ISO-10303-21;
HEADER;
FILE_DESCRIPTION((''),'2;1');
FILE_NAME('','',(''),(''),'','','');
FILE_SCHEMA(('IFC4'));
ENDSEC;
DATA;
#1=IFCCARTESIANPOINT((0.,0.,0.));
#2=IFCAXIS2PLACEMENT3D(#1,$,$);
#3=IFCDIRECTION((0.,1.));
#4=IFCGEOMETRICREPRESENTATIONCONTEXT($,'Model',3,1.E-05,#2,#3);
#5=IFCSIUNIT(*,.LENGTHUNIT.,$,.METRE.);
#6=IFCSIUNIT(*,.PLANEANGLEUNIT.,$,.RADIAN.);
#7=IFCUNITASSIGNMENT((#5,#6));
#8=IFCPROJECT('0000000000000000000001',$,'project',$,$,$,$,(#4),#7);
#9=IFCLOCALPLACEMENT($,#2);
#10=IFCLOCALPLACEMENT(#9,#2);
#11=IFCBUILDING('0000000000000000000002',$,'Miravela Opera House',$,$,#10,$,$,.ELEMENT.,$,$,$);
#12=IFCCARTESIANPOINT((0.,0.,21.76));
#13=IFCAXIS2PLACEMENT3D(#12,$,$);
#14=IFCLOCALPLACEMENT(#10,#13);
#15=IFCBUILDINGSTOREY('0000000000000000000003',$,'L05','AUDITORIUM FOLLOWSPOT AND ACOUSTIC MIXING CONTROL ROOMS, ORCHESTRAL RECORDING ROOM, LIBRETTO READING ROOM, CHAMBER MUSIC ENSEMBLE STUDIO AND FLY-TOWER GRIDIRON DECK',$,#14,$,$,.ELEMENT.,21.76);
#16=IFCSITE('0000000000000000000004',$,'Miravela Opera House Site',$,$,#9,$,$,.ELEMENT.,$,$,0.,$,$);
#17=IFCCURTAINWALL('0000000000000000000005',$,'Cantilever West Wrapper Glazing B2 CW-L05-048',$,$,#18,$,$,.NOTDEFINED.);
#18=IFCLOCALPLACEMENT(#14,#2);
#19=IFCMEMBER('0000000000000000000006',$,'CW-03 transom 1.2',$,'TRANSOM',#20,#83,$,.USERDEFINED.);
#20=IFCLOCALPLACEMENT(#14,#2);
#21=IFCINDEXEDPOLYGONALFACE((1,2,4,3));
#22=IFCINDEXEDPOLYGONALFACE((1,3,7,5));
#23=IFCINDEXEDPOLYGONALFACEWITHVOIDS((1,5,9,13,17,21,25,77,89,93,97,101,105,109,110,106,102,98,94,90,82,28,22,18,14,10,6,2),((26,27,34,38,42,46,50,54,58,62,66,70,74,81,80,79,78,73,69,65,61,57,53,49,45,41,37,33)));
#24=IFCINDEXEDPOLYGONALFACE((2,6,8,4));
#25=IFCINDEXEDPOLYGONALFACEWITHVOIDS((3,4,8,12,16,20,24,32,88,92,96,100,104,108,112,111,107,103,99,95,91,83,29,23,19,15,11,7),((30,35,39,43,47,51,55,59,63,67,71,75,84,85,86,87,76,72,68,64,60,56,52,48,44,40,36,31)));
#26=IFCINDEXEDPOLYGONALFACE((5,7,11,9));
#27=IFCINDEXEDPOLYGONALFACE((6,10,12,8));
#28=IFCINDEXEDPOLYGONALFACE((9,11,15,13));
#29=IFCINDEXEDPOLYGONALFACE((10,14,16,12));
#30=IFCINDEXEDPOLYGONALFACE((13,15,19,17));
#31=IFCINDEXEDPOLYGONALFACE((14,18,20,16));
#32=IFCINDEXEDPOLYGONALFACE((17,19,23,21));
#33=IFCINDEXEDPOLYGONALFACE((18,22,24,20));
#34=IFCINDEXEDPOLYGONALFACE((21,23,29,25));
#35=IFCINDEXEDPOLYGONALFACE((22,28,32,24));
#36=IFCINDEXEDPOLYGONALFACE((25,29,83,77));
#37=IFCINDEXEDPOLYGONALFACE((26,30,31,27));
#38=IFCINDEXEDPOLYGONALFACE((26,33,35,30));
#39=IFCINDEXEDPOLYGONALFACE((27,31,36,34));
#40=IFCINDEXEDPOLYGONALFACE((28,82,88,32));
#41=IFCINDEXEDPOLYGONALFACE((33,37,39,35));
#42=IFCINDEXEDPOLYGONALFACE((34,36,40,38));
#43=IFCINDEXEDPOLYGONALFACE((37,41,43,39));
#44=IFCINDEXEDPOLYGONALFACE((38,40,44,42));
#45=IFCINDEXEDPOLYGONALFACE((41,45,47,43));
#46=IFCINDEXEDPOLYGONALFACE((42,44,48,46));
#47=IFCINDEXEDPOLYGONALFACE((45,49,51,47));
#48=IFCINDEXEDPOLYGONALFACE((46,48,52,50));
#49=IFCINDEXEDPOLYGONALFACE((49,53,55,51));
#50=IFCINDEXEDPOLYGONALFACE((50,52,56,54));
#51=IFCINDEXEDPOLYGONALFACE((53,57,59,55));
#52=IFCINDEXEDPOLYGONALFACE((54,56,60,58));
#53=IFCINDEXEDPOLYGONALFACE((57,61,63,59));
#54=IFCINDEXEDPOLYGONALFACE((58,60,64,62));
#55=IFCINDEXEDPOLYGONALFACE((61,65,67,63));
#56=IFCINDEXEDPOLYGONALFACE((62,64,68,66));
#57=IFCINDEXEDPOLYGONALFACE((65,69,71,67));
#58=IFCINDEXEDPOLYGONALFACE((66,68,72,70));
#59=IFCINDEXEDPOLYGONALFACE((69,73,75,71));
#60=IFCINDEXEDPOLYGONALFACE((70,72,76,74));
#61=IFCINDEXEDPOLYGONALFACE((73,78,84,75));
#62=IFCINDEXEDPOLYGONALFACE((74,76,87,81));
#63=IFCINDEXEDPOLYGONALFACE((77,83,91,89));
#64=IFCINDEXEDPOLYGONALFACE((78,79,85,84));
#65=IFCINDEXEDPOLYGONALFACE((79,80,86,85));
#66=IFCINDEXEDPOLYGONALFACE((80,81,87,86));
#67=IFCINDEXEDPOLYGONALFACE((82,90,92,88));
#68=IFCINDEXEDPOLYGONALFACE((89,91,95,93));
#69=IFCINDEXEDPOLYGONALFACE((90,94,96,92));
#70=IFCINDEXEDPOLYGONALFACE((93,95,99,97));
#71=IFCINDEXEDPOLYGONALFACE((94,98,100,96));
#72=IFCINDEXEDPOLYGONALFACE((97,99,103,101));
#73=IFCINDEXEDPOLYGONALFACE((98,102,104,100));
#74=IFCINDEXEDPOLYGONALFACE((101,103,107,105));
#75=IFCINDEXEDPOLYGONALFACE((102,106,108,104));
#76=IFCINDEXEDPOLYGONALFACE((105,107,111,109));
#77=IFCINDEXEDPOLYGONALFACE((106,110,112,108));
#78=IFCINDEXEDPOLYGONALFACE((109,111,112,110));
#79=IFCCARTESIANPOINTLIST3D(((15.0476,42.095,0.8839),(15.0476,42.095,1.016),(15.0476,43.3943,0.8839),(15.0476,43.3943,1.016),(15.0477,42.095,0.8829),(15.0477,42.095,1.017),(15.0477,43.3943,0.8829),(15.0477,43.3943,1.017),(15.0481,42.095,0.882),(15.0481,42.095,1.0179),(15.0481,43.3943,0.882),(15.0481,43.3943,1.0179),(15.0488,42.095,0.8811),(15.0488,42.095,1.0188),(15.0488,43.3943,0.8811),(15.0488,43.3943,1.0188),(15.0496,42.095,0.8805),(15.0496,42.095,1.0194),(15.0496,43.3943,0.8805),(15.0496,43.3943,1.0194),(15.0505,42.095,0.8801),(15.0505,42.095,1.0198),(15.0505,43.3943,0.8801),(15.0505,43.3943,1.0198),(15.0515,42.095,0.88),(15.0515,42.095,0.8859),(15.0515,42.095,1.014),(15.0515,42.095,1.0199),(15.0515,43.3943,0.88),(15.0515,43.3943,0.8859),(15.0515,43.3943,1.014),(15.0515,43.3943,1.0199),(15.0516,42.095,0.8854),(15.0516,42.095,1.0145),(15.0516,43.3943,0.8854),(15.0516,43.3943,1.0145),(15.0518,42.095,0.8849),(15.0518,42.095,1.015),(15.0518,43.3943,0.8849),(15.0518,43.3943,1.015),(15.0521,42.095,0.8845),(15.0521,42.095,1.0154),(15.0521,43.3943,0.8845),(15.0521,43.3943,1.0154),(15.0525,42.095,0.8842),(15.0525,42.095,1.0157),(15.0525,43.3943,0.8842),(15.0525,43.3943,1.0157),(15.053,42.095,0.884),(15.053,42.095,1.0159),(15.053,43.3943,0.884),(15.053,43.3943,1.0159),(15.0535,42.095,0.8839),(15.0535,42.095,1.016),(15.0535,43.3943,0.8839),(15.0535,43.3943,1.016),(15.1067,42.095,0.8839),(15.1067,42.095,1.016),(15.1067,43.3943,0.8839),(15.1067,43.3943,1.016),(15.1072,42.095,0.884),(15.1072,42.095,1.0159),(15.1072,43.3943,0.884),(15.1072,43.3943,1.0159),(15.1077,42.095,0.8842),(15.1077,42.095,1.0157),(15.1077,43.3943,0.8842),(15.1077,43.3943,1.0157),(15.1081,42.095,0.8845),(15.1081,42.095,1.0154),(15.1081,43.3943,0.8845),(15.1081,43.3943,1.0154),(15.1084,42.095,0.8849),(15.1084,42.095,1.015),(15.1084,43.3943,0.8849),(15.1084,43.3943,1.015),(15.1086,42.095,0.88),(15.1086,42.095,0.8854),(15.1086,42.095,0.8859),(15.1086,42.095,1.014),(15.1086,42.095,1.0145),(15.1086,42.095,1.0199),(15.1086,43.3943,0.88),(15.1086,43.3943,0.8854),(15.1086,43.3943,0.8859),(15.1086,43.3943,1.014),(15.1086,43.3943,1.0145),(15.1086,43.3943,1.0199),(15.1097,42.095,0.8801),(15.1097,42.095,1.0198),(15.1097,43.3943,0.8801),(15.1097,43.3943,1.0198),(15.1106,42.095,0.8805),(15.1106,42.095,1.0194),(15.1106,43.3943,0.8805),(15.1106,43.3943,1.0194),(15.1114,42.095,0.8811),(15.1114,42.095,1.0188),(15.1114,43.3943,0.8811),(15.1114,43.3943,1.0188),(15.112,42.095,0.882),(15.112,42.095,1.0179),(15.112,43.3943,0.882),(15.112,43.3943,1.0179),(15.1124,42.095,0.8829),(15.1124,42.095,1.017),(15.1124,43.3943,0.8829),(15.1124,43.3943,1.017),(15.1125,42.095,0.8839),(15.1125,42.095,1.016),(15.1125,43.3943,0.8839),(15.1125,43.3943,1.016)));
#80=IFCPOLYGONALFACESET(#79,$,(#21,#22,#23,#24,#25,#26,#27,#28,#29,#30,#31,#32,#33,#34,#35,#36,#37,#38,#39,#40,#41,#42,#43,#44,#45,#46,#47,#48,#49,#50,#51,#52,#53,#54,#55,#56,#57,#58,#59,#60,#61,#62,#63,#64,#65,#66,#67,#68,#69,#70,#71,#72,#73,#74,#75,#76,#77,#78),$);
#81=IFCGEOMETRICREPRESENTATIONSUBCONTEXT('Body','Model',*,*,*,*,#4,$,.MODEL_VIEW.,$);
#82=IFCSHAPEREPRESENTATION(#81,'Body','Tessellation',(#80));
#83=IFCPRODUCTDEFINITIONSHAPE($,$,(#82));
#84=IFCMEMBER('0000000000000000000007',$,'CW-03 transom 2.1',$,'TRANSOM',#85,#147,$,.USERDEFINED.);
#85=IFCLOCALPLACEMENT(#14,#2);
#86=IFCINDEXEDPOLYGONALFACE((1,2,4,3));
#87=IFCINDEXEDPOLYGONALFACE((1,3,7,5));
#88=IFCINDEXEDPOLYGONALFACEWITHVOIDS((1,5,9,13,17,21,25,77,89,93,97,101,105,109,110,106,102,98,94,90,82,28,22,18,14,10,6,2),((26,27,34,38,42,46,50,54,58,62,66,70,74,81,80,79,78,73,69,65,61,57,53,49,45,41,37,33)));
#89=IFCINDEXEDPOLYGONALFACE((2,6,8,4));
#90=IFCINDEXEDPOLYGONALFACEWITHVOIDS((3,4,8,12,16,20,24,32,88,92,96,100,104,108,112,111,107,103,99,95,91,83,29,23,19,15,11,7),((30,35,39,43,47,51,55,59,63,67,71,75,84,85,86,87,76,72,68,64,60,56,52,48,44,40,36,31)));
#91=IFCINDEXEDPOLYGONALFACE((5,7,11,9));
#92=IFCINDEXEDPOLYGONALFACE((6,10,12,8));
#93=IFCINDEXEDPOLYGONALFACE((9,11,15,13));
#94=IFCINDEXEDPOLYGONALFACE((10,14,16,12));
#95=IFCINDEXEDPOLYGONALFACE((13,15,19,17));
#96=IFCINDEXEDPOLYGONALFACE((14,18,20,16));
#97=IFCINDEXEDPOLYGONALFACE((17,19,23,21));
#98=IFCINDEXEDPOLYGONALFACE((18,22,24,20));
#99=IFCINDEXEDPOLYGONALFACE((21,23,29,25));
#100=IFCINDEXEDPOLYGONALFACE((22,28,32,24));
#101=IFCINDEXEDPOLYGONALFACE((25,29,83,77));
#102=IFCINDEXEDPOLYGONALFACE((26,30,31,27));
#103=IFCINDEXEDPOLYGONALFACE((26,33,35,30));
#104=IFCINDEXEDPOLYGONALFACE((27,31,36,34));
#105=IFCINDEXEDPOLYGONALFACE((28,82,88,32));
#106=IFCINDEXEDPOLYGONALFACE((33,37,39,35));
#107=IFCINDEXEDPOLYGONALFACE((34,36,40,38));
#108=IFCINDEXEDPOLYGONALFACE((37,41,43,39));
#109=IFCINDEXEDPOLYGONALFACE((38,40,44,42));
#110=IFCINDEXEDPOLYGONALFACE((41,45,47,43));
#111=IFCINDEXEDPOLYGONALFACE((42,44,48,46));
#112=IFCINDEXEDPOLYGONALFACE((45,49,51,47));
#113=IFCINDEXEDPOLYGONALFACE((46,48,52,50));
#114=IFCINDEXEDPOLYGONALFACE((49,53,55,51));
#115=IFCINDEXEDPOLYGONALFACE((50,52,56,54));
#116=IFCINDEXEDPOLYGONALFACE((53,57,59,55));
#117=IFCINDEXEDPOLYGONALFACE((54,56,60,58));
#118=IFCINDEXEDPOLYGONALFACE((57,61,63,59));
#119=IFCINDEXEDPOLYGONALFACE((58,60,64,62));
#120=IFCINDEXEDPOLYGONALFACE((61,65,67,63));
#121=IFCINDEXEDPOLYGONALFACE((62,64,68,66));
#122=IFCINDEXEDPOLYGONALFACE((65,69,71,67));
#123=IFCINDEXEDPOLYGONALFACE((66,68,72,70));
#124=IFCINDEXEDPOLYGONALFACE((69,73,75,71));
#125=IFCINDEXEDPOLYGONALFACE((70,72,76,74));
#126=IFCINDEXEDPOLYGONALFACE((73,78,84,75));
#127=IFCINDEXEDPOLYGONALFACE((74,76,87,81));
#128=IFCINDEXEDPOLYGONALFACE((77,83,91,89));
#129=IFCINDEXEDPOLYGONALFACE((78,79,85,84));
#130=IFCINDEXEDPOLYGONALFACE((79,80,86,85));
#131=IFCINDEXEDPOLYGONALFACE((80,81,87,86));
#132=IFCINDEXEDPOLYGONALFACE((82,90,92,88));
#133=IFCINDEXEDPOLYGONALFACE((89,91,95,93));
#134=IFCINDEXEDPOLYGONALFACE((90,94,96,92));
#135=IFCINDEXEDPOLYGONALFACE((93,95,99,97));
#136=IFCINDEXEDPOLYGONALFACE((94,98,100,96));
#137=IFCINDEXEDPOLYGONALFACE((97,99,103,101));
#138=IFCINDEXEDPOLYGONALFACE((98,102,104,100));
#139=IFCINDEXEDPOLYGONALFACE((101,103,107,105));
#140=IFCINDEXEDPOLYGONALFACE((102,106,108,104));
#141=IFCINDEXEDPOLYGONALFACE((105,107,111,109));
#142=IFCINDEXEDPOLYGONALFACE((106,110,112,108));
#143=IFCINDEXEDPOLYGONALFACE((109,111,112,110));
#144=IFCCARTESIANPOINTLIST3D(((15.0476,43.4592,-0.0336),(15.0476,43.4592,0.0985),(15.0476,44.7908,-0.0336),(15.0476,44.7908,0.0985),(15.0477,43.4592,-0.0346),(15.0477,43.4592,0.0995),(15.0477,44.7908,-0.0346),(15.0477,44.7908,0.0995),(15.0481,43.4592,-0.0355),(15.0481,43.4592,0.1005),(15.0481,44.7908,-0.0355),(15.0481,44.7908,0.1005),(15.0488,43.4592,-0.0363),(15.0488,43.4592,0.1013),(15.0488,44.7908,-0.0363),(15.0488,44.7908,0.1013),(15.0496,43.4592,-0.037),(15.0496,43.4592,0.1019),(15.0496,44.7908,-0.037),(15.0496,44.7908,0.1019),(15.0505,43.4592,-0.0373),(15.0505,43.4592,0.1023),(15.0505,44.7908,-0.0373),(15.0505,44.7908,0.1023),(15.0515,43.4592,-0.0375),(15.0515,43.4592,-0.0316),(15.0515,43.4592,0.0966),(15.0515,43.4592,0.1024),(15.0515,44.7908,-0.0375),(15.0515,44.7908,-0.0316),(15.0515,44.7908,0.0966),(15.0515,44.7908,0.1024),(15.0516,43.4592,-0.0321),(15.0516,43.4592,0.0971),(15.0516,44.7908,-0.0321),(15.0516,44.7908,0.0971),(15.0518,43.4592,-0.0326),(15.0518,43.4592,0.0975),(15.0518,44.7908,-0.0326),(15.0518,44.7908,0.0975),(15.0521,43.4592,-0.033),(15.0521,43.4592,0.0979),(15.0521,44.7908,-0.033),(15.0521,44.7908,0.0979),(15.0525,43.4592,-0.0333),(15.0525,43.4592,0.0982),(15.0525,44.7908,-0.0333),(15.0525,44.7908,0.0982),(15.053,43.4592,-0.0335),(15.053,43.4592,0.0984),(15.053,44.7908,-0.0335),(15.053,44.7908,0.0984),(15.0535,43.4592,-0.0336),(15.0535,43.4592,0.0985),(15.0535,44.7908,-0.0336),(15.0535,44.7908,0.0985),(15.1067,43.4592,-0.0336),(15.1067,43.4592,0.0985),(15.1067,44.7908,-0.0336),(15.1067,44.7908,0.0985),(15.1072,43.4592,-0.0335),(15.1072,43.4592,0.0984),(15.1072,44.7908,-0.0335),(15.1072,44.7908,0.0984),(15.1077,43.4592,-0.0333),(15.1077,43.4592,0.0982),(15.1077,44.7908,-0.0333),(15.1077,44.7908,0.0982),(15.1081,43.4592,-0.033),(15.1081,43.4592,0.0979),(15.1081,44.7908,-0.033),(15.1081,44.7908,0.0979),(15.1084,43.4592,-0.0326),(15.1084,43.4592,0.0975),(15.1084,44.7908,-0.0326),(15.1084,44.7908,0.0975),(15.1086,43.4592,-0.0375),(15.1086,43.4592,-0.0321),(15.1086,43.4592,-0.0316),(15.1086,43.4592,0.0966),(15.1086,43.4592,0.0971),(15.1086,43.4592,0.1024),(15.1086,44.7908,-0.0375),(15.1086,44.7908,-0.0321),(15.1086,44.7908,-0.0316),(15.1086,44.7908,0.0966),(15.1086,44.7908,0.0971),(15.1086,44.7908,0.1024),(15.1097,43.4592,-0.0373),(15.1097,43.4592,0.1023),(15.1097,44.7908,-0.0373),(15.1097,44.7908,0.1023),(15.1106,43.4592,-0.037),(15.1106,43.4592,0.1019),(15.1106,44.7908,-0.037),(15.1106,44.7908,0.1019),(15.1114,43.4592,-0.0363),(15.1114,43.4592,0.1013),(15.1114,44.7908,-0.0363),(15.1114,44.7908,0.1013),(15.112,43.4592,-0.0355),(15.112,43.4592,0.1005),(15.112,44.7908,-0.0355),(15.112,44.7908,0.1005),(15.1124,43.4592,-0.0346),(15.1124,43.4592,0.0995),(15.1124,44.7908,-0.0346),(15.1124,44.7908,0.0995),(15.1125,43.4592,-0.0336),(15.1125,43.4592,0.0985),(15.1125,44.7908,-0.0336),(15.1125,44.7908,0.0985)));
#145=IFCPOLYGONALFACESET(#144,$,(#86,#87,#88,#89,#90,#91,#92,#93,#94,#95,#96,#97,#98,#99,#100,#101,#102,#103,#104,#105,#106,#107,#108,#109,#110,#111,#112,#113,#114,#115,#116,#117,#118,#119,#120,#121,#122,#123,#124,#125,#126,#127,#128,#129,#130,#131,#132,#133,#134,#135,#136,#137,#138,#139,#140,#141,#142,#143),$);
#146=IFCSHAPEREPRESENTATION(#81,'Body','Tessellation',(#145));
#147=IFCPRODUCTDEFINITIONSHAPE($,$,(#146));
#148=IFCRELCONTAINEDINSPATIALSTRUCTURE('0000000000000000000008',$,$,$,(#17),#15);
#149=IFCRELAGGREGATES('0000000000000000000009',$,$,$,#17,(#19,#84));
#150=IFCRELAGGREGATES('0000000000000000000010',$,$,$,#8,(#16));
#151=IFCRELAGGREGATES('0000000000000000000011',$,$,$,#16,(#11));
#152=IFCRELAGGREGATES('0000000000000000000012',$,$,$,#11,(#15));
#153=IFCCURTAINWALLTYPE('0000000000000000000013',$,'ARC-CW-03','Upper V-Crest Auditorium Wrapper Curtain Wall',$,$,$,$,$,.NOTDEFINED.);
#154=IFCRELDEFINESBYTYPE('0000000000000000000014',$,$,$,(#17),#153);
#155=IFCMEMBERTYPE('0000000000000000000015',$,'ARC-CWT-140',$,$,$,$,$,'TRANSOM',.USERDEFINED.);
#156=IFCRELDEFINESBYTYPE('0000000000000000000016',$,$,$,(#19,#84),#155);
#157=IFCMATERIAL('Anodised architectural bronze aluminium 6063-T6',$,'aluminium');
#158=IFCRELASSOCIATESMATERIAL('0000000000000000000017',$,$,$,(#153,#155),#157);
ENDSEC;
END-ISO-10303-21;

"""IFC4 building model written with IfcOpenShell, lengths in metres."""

from ifc_helpers import new_model, si_unit, direction, frame, origin, origin_2d, place, context, subcontext, project, spatial, hollow_rectangle, extrude, material, material_profile, profile_set, type_object, element, aggregate, save


model = new_model("IFC4")

# Units and contexts
model_context = context("Model", 3, precision=1e-05, world=origin(), true_north=direction((0.0, 1.0)))
body_context = subcontext(model_context, "Body", "Model", "MODEL_VIEW")
ifc_project = project(units=[si_unit("LENGTHUNIT", "METRE"), si_unit("PLANEANGLEUNIT", "RADIAN")], contexts=[model_context])

# Site, building, storey
site_placement = place(None, origin())
site = spatial("IfcSite", under=ifc_project, at=site_placement, Name="Miravela Opera House Site", CompositionType="ELEMENT", RefElevation=0.0)
building_placement = place(site_placement, origin())
building = spatial("IfcBuilding", under=site, at=building_placement, Name="Miravela Opera House", CompositionType="ELEMENT")
storey_placement = place(building_placement, frame((0.0, 0.0, 21.76)))
storey = spatial("IfcBuildingStorey", under=building, at=storey_placement, Name="L05", Description="AUDITORIUM FOLLOWSPOT AND ACOUSTIC MIXING CONTROL ROOMS, ORCHESTRAL RECORDING ROOM, LIBRETTO READING ROOM, CHAMBER MUSIC ENSEMBLE STUDIO AND FLY-TOWER GRIDIRON DECK", CompositionType="ELEMENT", Elevation=21.76)

# Curtain wall
ifc_material_1 = material(Name="Anodised architectural bronze aluminium 6063-T6", Category="aluminium")
curtain_wall_type = type_object("IfcCurtainWallType", Name="ARC-CW-03", Description="Upper V-Crest Auditorium Wrapper Curtain Wall", PredefinedType="NOTDEFINED", material=ifc_material_1)
curtain_wall_1_placement = place(storey_placement, origin())
curtain_wall_1 = element("IfcCurtainWall", 1, at=curtain_wall_1_placement, inside=storey, type_object=curtain_wall_type, Name="Cantilever West Wrapper Glazing B2 CW-L05-048", PredefinedType="NOTDEFINED")

# Members
ifc_material_profile_1 = material_profile(ifc_material_1, hollow_rectangle(XDim=0.0649, YDim=0.1399, WallThickness=0.0039, InnerFilletRadius=0.002, OuterFilletRadius=0.0039, at=origin_2d()), Name="CWT-65X140")
ifc_profile_set_1 = profile_set([ifc_material_profile_1])
member_type_1 = type_object("IfcMemberType", Name="ARC-CWT-140", ElementType="TRANSOM", PredefinedType="USERDEFINED", material=ifc_profile_set_1)
member_1_placement = place(storey_placement, frame((15.0801, 42.095, 0.95), z_axis=(0.0, 1.0, 0.0), x_axis=(-1.0, 0.0, 0.0)))
member_1 = element("IfcMember", 2, at=member_1_placement, type_object=member_type_1, Name="CW-03 transom 1.2", ObjectType="TRANSOM", PredefinedType="USERDEFINED", context=body_context, shape_type="SweptSolid", body=[
    extrude(hollow_rectangle(XDim=0.0649, YDim=0.1399, WallThickness=0.0039, InnerFilletRadius=0.002, OuterFilletRadius=0.0039, at=origin_2d()), origin(), (0.0, 0.0, 1.0), 1.2993),
])
member_2_placement = place(storey_placement, frame((15.0801, 43.4592, 0.0325), z_axis=(0.0, 1.0, 0.0), x_axis=(-1.0, 0.0, 0.0)))
member_2 = element("IfcMember", 3, at=member_2_placement, type_object=member_type_1, Name="CW-03 transom 2.1", ObjectType="TRANSOM", PredefinedType="USERDEFINED", context=body_context, shape_type="SweptSolid", body=[
    extrude(hollow_rectangle(XDim=0.0649, YDim=0.1399, WallThickness=0.0039, InnerFilletRadius=0.002, OuterFilletRadius=0.0039, at=origin_2d()), origin(), (0.0, 0.0, 1.0), 1.3315),
])

aggregate(curtain_wall_1, [member_1, member_2])

save(model, "model.ifc")
